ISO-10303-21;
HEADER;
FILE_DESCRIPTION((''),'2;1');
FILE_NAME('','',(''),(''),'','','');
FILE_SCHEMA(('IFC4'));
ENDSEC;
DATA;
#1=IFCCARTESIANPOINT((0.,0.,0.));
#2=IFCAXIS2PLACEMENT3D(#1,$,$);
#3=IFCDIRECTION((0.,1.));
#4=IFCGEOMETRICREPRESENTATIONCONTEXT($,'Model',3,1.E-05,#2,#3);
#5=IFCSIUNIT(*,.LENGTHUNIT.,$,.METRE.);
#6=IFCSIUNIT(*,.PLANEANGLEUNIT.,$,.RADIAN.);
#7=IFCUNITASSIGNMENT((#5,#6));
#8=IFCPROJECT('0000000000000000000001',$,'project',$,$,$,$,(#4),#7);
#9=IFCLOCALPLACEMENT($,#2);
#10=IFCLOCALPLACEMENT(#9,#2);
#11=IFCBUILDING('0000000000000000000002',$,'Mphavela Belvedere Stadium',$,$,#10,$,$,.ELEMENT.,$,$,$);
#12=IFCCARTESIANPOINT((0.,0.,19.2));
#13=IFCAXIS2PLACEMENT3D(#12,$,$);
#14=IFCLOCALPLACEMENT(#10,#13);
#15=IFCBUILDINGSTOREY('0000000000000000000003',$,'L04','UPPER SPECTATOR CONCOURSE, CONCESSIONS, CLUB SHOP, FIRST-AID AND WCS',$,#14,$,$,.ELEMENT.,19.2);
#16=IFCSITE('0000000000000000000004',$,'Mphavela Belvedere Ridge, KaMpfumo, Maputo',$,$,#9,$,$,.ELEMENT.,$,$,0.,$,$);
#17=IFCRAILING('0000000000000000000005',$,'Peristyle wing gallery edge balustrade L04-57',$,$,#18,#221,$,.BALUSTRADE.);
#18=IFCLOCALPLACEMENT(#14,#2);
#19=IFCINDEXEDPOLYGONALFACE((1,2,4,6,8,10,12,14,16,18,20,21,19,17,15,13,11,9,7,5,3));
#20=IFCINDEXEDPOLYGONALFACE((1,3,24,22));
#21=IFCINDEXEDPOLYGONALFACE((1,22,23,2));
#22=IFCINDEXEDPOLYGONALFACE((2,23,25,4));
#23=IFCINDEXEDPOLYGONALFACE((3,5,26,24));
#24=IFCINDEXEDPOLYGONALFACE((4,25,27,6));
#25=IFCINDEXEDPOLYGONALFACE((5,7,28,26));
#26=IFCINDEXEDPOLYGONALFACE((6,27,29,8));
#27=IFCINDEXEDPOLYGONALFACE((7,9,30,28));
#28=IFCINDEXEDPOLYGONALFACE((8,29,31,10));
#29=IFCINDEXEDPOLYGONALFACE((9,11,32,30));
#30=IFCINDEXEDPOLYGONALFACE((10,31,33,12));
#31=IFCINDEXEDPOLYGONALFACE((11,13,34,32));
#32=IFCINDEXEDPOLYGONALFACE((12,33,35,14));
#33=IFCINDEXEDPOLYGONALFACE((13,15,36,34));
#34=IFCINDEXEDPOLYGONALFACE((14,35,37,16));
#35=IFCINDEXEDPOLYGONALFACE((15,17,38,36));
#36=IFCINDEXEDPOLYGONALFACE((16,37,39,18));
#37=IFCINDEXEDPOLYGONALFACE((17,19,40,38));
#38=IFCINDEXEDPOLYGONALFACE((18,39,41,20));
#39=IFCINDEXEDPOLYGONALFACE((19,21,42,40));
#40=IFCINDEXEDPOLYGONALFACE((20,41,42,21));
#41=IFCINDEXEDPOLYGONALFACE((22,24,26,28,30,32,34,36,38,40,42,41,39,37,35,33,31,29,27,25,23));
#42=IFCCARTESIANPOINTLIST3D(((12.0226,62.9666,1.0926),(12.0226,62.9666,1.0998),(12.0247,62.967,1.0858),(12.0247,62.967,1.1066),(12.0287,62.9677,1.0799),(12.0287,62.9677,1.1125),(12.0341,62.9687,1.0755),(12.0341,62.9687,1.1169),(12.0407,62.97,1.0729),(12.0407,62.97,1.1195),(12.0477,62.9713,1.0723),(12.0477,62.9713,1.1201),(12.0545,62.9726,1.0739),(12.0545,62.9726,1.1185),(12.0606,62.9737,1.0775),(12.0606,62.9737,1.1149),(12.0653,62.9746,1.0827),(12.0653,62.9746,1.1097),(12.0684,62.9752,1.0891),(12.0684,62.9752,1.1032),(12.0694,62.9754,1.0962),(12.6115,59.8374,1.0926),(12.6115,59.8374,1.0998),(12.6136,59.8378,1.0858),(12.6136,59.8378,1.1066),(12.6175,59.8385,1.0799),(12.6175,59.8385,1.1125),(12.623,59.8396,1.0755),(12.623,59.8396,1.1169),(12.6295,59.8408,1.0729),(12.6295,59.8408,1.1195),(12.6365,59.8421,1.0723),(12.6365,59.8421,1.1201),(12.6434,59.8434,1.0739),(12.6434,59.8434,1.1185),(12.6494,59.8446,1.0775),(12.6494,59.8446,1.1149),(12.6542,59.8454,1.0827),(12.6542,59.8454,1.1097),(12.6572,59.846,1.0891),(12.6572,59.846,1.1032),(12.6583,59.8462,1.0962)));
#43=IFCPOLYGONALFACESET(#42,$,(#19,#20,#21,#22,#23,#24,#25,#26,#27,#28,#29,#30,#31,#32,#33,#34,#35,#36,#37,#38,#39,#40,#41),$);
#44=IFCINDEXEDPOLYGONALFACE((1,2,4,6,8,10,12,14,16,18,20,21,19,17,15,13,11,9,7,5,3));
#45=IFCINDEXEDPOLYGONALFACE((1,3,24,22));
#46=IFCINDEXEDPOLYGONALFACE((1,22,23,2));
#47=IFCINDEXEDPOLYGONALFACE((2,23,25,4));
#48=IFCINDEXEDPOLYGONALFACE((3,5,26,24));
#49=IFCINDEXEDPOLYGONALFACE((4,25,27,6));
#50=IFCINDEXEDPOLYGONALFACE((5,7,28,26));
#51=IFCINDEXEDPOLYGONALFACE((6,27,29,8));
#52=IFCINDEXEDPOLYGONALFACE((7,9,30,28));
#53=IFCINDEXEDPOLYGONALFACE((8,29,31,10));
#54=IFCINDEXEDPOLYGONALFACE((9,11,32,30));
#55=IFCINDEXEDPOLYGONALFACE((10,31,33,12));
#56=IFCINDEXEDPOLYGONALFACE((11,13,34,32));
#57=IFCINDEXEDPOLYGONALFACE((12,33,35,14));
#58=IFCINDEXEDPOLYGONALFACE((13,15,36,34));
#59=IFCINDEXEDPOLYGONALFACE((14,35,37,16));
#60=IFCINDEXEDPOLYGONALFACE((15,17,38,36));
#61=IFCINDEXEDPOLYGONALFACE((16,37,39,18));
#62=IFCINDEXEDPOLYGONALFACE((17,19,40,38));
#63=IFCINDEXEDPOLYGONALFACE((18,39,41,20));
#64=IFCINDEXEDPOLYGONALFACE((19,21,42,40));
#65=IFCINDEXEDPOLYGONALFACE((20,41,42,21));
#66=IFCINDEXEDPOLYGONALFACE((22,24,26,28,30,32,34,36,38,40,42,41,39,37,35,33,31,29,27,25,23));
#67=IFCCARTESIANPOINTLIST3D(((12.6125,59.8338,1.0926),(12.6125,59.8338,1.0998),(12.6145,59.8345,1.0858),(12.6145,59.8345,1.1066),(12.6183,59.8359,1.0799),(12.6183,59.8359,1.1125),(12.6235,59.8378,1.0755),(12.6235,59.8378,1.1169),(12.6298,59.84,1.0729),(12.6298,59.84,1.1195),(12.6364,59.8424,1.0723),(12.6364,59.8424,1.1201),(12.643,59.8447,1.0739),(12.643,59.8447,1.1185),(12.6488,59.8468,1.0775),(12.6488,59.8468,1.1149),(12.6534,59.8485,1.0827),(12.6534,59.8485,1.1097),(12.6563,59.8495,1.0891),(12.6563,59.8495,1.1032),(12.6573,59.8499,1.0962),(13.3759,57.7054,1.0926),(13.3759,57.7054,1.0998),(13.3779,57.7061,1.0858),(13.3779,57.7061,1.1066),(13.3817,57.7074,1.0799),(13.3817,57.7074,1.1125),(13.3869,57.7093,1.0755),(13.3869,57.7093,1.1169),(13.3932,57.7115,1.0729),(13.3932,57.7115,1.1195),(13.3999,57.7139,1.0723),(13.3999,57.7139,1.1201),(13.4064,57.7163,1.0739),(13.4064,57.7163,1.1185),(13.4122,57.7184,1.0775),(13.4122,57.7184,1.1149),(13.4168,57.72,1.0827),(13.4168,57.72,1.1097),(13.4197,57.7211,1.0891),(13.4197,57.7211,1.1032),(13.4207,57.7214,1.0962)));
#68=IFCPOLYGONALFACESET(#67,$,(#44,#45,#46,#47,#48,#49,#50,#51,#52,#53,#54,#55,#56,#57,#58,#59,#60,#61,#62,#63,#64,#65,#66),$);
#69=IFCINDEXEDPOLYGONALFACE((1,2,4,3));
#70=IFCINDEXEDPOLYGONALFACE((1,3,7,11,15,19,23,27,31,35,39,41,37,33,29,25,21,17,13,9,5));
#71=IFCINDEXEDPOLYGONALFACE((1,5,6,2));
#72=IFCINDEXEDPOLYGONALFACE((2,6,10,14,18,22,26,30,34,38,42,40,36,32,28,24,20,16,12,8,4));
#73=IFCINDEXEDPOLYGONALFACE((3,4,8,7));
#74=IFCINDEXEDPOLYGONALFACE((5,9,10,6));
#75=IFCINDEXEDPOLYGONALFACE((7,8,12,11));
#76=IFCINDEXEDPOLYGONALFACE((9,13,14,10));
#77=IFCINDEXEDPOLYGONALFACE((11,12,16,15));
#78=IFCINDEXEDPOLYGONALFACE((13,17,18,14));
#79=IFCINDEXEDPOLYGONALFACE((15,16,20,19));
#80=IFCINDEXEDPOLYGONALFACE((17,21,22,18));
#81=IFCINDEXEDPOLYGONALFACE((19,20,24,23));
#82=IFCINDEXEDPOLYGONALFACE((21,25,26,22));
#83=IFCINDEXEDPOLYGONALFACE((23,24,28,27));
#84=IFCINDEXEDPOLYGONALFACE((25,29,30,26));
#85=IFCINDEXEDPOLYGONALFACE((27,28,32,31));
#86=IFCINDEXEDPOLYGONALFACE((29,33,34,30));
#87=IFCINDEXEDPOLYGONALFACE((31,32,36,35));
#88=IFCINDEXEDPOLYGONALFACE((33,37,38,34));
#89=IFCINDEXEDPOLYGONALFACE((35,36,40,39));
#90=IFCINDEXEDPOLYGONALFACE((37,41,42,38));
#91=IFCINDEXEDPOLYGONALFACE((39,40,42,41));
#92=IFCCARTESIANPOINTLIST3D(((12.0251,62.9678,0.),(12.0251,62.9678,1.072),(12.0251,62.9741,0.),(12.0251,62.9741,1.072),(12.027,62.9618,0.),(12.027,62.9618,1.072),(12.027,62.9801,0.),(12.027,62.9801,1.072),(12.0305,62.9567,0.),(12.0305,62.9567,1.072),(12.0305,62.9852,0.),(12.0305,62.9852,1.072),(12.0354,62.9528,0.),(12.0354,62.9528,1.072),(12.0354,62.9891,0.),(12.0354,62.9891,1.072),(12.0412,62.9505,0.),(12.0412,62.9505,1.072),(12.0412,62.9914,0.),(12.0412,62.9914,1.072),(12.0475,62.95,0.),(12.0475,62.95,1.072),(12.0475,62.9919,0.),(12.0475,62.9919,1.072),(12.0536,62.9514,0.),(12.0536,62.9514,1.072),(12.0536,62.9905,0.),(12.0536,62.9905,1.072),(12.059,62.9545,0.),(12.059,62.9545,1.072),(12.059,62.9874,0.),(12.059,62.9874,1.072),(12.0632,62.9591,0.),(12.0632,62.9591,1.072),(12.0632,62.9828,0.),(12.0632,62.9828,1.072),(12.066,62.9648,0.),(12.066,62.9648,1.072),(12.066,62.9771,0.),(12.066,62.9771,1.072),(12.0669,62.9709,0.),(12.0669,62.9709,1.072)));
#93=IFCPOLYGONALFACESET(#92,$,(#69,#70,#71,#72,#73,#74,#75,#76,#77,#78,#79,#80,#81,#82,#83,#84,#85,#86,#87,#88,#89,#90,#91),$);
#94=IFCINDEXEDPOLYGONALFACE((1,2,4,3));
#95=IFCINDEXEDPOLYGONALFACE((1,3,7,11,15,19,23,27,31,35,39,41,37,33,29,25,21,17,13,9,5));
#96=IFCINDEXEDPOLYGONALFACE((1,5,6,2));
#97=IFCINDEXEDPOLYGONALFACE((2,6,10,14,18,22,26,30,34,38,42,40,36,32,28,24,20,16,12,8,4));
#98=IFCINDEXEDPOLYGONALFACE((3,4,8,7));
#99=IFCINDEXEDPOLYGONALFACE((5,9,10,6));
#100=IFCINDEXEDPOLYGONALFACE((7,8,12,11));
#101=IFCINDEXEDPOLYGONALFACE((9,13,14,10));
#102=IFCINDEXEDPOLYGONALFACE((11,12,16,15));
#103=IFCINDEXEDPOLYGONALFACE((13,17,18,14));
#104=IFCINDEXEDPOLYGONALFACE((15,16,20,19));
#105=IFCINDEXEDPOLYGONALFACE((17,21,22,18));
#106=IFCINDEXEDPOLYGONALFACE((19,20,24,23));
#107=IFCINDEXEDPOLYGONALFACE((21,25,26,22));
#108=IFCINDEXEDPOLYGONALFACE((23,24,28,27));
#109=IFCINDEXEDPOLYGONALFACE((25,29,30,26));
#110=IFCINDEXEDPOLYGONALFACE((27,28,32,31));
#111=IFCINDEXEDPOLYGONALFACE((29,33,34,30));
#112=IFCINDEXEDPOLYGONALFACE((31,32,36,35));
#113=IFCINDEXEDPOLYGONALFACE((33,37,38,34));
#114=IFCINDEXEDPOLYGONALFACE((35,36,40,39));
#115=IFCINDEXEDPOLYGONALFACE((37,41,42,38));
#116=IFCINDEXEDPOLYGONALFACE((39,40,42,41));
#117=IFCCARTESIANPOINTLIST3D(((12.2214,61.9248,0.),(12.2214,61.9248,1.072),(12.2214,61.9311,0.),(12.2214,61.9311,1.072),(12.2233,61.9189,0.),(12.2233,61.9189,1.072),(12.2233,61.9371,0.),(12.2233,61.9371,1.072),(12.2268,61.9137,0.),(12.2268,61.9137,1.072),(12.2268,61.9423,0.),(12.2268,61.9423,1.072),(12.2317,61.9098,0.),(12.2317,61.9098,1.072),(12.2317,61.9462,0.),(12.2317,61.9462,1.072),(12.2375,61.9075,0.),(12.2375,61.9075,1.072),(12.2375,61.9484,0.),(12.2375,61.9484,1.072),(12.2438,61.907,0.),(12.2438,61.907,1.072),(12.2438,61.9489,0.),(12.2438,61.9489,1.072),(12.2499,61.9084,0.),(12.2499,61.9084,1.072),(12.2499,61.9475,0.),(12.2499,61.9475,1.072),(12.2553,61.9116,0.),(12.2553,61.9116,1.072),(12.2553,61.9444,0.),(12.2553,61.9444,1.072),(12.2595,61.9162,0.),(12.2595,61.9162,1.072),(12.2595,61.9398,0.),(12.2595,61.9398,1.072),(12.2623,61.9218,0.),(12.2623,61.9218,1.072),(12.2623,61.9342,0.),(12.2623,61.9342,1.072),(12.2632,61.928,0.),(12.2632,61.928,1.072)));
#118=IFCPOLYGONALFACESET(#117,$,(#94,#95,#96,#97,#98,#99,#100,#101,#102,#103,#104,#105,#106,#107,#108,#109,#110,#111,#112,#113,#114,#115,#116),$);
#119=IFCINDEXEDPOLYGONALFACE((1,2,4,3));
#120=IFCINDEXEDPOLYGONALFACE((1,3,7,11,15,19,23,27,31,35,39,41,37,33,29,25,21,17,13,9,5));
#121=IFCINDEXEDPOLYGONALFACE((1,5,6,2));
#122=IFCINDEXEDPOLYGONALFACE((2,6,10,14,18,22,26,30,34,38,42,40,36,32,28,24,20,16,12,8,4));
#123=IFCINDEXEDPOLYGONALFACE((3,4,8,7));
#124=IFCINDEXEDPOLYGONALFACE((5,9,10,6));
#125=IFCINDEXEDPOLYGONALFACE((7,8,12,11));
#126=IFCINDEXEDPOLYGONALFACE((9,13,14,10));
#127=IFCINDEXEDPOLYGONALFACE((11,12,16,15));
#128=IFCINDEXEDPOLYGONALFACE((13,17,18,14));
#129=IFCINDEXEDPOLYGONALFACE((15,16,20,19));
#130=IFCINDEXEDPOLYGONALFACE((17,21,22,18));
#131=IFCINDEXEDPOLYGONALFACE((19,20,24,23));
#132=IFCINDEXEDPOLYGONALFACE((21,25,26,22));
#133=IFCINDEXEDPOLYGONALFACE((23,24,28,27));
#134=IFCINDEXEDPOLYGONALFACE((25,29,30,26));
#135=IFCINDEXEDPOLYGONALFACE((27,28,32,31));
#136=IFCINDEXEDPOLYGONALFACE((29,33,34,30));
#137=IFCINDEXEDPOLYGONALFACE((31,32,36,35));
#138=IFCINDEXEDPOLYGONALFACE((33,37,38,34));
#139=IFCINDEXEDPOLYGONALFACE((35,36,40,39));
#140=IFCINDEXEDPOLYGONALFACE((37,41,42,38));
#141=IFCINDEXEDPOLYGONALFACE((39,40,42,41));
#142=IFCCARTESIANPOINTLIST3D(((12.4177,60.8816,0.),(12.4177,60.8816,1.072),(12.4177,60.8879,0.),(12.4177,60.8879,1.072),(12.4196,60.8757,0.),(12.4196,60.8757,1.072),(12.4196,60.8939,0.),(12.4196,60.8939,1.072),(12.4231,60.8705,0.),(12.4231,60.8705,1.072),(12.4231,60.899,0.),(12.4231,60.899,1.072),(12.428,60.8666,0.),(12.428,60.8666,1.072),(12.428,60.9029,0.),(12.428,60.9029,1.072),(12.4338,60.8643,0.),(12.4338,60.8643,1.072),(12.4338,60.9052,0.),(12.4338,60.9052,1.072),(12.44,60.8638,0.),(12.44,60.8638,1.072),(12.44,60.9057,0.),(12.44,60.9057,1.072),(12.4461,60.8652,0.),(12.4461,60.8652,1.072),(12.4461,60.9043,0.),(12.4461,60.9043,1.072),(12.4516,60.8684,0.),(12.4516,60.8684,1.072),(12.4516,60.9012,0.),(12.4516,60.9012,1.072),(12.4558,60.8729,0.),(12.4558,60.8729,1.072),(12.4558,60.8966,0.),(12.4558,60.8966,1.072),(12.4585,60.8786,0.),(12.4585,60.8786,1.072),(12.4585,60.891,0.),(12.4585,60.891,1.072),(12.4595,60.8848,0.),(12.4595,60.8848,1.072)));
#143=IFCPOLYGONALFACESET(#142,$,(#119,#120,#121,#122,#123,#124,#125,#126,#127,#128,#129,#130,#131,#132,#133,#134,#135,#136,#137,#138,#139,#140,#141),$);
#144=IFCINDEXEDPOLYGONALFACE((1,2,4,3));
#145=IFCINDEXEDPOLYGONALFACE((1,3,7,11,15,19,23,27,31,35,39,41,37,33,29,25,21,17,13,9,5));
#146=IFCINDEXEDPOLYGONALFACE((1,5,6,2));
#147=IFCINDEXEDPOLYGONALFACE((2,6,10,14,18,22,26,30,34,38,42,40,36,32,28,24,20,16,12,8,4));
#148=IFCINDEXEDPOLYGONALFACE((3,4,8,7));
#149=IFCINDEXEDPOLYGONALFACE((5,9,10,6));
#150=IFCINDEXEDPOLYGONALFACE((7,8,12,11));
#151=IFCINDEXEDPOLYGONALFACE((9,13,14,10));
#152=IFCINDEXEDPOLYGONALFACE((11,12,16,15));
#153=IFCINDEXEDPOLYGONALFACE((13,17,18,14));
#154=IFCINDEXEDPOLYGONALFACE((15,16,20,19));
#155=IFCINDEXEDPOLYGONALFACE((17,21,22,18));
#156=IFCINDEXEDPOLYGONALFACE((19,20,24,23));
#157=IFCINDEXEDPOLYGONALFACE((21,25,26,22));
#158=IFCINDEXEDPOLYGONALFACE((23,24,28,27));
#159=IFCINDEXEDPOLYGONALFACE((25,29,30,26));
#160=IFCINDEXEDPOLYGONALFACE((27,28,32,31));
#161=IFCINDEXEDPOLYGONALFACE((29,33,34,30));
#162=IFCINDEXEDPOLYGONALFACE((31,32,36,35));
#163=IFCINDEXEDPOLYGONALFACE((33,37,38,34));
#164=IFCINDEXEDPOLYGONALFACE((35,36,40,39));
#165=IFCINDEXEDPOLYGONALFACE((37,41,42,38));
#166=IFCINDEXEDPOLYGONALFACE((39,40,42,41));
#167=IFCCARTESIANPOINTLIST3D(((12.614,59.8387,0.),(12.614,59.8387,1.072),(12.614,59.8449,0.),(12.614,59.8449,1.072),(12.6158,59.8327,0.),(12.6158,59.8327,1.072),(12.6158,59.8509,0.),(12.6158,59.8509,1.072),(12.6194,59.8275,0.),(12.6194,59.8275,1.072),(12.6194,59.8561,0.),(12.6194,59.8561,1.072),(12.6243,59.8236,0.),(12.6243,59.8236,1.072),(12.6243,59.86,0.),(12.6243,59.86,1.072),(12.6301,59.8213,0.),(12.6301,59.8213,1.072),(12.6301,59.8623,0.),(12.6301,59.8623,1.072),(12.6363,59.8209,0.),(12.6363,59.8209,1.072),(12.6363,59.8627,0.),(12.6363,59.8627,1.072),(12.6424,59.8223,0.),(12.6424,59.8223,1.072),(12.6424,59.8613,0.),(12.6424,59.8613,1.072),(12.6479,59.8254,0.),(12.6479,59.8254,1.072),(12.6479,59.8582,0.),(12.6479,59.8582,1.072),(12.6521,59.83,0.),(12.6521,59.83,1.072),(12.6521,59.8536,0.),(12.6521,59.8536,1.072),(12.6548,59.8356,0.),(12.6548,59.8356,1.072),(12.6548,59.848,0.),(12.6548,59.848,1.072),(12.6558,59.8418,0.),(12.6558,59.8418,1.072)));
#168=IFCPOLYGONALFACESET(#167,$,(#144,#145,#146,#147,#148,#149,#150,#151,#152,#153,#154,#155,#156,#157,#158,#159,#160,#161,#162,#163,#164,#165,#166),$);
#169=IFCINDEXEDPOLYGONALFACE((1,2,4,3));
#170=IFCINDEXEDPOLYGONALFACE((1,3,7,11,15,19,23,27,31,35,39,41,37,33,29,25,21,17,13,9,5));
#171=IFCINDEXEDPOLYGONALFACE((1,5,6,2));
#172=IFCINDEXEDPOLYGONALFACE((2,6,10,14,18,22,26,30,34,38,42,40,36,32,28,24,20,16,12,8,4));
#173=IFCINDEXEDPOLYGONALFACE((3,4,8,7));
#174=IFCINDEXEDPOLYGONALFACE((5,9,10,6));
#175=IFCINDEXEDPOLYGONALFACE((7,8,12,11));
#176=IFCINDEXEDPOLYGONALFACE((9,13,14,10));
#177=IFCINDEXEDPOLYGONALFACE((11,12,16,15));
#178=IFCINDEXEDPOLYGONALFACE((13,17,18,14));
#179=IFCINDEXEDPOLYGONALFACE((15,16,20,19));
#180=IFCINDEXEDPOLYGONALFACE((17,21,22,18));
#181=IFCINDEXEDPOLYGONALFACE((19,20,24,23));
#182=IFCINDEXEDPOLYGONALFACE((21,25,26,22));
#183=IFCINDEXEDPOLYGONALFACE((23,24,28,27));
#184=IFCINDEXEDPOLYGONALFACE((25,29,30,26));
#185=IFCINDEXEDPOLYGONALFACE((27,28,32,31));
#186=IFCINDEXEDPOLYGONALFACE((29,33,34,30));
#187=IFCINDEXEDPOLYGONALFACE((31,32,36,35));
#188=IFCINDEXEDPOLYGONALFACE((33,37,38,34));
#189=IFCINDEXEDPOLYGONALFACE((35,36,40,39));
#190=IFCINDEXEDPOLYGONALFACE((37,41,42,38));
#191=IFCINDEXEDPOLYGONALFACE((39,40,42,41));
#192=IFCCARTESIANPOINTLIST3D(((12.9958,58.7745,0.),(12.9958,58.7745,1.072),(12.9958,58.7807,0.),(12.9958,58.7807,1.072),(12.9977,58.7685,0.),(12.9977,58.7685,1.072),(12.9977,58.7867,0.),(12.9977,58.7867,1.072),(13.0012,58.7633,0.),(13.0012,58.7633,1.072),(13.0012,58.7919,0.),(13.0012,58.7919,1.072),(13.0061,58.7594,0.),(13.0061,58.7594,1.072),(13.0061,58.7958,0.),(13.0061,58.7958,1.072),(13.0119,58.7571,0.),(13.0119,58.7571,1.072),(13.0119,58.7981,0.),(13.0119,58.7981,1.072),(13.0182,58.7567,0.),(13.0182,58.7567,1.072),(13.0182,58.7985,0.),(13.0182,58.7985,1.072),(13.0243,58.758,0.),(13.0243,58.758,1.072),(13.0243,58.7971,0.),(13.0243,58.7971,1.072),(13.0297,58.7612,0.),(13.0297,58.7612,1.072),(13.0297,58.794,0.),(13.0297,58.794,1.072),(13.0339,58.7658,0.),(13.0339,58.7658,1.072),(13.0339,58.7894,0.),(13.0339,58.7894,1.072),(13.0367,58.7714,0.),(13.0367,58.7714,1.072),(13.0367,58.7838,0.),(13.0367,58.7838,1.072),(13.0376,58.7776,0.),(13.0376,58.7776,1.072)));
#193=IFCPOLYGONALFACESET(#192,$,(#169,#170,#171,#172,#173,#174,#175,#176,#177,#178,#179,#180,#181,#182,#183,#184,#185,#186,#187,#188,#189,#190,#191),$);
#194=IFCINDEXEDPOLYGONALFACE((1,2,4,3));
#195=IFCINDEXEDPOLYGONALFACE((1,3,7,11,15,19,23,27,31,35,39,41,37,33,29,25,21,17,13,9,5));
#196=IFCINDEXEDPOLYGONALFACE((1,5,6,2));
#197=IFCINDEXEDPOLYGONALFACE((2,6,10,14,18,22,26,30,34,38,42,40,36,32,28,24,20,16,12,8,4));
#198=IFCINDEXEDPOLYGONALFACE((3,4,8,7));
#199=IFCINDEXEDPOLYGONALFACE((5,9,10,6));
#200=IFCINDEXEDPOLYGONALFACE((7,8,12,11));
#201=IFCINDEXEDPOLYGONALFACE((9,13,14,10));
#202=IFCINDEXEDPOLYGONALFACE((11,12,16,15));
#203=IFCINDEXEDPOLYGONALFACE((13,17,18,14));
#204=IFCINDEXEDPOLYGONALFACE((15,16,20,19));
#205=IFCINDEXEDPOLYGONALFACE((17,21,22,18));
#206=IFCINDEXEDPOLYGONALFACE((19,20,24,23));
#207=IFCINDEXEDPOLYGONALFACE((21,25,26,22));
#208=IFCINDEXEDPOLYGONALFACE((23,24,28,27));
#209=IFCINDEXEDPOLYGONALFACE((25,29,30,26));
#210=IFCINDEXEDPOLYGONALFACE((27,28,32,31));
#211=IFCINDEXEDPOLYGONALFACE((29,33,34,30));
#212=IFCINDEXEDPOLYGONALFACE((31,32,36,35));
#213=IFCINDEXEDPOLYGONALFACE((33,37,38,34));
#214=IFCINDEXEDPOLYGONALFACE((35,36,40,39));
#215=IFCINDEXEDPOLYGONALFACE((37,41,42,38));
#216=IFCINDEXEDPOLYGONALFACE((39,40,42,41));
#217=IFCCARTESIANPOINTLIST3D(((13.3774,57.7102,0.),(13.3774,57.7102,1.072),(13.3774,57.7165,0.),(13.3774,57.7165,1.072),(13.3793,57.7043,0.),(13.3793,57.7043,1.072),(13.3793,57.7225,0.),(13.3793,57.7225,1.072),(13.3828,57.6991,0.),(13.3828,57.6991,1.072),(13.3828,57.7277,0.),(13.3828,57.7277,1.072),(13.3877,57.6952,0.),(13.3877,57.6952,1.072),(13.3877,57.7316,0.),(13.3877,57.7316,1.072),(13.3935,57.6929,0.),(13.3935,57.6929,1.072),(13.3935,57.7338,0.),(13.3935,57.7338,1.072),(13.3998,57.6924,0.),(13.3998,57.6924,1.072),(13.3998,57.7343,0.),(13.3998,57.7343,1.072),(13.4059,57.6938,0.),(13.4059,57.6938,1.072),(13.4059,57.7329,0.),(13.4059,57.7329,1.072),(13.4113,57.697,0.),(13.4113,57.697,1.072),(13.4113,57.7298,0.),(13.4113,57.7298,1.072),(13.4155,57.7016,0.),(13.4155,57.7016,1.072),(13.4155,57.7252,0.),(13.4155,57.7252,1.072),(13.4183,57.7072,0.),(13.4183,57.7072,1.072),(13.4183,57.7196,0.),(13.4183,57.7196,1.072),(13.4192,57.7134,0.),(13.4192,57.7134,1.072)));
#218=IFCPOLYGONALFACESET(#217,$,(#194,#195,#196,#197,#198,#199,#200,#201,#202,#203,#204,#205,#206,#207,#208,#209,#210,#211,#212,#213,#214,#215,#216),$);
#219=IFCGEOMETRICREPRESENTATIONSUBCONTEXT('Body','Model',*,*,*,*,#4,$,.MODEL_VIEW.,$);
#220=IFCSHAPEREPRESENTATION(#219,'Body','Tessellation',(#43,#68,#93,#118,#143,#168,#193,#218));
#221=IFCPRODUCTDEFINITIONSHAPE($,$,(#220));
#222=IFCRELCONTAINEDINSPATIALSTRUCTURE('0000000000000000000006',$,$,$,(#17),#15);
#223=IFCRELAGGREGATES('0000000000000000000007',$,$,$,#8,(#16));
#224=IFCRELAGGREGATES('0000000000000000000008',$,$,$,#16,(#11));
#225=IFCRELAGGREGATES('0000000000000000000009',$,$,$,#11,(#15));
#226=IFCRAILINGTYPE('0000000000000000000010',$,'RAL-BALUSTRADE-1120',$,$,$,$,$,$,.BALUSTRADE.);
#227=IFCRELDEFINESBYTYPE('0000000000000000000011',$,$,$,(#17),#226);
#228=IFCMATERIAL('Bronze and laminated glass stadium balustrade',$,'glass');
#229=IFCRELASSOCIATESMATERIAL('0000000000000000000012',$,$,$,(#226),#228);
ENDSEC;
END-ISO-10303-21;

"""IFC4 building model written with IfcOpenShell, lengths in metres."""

from ifc_helpers import new_model, si_unit, direction, frame, origin, origin_2d, place, context, subcontext, project, spatial, circle, extrude, material, type_object, element, save


model = new_model("IFC4")

# Units and contexts
model_context = context("Model", 3, precision=1e-05, world=origin(), true_north=direction((0.0, 1.0)))
body_context = subcontext(model_context, "Body", "Model", "MODEL_VIEW")
ifc_project = project(units=[si_unit("LENGTHUNIT", "METRE"), si_unit("PLANEANGLEUNIT", "RADIAN")], contexts=[model_context])

# Site, building, storey
site_placement = place(None, origin())
site = spatial("IfcSite", under=ifc_project, at=site_placement, Name="Mphavela Belvedere Ridge, KaMpfumo, Maputo", CompositionType="ELEMENT", RefElevation=0.0)
building_placement = place(site_placement, origin())
building = spatial("IfcBuilding", under=site, at=building_placement, Name="Mphavela Belvedere Stadium", CompositionType="ELEMENT")
storey_placement = place(building_placement, frame((0.0, 0.0, 19.2)))
storey = spatial("IfcBuildingStorey", under=building, at=storey_placement, Name="L04", Description="UPPER SPECTATOR CONCOURSE, CONCESSIONS, CLUB SHOP, FIRST-AID AND WCS", CompositionType="ELEMENT", Elevation=19.2)

# Railing
ifc_material_1 = material(Name="Bronze and laminated glass stadium balustrade", Category="glass")
railing_type = type_object("IfcRailingType", Name="RAL-BALUSTRADE-1120", PredefinedType="BALUSTRADE", material=ifc_material_1)
railing_placement = place(storey_placement, frame((12.0459, 62.9709, 0.0)))
element("IfcRailing", 1, at=railing_placement, inside=storey, type_object=railing_type, Name="Peristyle wing gallery edge balustrade L04-57", PredefinedType="BALUSTRADE", context=body_context, shape_type="SweptSolid", body=[
    extrude(circle(Radius=0.0239, at=origin_2d()), frame((0.0, 0.0, 1.0962), z_axis=(0.184941, -0.98275, 0.0), x_axis=(0.98275, 0.184941, 0.0)), (0.0, 0.0, 1.0), 3.1841),
    extrude(circle(Radius=0.0239, at=origin_2d()), frame((0.5889, -3.1292, 1.0962), z_axis=(0.337622, -0.941282, 0.0), x_axis=(0.941282, 0.337622, 0.0)), (0.0, 0.0, 1.0), 2.2612),
    extrude(circle(Radius=0.021, at=origin_2d()), origin(), (0.0, 0.0, 1.0), 1.072),
    extrude(circle(Radius=0.021, at=origin_2d()), frame((0.1963, -1.043, 0.0)), (0.0, 0.0, 1.0), 1.072),
    extrude(circle(Radius=0.021, at=origin_2d()), frame((0.3926, -2.0862, 0.0)), (0.0, 0.0, 1.0), 1.072),
    extrude(circle(Radius=0.021, at=origin_2d()), frame((0.5889, -3.1292, 0.0)), (0.0, 0.0, 1.0), 1.072),
    extrude(circle(Radius=0.021, at=origin_2d()), frame((0.9707, -4.1934, 0.0)), (0.0, 0.0, 1.0), 1.072),
    extrude(circle(Radius=0.021, at=origin_2d()), frame((1.3523, -5.2576, 0.0)), (0.0, 0.0, 1.0), 1.072),
])

save(model, "model.ifc")
